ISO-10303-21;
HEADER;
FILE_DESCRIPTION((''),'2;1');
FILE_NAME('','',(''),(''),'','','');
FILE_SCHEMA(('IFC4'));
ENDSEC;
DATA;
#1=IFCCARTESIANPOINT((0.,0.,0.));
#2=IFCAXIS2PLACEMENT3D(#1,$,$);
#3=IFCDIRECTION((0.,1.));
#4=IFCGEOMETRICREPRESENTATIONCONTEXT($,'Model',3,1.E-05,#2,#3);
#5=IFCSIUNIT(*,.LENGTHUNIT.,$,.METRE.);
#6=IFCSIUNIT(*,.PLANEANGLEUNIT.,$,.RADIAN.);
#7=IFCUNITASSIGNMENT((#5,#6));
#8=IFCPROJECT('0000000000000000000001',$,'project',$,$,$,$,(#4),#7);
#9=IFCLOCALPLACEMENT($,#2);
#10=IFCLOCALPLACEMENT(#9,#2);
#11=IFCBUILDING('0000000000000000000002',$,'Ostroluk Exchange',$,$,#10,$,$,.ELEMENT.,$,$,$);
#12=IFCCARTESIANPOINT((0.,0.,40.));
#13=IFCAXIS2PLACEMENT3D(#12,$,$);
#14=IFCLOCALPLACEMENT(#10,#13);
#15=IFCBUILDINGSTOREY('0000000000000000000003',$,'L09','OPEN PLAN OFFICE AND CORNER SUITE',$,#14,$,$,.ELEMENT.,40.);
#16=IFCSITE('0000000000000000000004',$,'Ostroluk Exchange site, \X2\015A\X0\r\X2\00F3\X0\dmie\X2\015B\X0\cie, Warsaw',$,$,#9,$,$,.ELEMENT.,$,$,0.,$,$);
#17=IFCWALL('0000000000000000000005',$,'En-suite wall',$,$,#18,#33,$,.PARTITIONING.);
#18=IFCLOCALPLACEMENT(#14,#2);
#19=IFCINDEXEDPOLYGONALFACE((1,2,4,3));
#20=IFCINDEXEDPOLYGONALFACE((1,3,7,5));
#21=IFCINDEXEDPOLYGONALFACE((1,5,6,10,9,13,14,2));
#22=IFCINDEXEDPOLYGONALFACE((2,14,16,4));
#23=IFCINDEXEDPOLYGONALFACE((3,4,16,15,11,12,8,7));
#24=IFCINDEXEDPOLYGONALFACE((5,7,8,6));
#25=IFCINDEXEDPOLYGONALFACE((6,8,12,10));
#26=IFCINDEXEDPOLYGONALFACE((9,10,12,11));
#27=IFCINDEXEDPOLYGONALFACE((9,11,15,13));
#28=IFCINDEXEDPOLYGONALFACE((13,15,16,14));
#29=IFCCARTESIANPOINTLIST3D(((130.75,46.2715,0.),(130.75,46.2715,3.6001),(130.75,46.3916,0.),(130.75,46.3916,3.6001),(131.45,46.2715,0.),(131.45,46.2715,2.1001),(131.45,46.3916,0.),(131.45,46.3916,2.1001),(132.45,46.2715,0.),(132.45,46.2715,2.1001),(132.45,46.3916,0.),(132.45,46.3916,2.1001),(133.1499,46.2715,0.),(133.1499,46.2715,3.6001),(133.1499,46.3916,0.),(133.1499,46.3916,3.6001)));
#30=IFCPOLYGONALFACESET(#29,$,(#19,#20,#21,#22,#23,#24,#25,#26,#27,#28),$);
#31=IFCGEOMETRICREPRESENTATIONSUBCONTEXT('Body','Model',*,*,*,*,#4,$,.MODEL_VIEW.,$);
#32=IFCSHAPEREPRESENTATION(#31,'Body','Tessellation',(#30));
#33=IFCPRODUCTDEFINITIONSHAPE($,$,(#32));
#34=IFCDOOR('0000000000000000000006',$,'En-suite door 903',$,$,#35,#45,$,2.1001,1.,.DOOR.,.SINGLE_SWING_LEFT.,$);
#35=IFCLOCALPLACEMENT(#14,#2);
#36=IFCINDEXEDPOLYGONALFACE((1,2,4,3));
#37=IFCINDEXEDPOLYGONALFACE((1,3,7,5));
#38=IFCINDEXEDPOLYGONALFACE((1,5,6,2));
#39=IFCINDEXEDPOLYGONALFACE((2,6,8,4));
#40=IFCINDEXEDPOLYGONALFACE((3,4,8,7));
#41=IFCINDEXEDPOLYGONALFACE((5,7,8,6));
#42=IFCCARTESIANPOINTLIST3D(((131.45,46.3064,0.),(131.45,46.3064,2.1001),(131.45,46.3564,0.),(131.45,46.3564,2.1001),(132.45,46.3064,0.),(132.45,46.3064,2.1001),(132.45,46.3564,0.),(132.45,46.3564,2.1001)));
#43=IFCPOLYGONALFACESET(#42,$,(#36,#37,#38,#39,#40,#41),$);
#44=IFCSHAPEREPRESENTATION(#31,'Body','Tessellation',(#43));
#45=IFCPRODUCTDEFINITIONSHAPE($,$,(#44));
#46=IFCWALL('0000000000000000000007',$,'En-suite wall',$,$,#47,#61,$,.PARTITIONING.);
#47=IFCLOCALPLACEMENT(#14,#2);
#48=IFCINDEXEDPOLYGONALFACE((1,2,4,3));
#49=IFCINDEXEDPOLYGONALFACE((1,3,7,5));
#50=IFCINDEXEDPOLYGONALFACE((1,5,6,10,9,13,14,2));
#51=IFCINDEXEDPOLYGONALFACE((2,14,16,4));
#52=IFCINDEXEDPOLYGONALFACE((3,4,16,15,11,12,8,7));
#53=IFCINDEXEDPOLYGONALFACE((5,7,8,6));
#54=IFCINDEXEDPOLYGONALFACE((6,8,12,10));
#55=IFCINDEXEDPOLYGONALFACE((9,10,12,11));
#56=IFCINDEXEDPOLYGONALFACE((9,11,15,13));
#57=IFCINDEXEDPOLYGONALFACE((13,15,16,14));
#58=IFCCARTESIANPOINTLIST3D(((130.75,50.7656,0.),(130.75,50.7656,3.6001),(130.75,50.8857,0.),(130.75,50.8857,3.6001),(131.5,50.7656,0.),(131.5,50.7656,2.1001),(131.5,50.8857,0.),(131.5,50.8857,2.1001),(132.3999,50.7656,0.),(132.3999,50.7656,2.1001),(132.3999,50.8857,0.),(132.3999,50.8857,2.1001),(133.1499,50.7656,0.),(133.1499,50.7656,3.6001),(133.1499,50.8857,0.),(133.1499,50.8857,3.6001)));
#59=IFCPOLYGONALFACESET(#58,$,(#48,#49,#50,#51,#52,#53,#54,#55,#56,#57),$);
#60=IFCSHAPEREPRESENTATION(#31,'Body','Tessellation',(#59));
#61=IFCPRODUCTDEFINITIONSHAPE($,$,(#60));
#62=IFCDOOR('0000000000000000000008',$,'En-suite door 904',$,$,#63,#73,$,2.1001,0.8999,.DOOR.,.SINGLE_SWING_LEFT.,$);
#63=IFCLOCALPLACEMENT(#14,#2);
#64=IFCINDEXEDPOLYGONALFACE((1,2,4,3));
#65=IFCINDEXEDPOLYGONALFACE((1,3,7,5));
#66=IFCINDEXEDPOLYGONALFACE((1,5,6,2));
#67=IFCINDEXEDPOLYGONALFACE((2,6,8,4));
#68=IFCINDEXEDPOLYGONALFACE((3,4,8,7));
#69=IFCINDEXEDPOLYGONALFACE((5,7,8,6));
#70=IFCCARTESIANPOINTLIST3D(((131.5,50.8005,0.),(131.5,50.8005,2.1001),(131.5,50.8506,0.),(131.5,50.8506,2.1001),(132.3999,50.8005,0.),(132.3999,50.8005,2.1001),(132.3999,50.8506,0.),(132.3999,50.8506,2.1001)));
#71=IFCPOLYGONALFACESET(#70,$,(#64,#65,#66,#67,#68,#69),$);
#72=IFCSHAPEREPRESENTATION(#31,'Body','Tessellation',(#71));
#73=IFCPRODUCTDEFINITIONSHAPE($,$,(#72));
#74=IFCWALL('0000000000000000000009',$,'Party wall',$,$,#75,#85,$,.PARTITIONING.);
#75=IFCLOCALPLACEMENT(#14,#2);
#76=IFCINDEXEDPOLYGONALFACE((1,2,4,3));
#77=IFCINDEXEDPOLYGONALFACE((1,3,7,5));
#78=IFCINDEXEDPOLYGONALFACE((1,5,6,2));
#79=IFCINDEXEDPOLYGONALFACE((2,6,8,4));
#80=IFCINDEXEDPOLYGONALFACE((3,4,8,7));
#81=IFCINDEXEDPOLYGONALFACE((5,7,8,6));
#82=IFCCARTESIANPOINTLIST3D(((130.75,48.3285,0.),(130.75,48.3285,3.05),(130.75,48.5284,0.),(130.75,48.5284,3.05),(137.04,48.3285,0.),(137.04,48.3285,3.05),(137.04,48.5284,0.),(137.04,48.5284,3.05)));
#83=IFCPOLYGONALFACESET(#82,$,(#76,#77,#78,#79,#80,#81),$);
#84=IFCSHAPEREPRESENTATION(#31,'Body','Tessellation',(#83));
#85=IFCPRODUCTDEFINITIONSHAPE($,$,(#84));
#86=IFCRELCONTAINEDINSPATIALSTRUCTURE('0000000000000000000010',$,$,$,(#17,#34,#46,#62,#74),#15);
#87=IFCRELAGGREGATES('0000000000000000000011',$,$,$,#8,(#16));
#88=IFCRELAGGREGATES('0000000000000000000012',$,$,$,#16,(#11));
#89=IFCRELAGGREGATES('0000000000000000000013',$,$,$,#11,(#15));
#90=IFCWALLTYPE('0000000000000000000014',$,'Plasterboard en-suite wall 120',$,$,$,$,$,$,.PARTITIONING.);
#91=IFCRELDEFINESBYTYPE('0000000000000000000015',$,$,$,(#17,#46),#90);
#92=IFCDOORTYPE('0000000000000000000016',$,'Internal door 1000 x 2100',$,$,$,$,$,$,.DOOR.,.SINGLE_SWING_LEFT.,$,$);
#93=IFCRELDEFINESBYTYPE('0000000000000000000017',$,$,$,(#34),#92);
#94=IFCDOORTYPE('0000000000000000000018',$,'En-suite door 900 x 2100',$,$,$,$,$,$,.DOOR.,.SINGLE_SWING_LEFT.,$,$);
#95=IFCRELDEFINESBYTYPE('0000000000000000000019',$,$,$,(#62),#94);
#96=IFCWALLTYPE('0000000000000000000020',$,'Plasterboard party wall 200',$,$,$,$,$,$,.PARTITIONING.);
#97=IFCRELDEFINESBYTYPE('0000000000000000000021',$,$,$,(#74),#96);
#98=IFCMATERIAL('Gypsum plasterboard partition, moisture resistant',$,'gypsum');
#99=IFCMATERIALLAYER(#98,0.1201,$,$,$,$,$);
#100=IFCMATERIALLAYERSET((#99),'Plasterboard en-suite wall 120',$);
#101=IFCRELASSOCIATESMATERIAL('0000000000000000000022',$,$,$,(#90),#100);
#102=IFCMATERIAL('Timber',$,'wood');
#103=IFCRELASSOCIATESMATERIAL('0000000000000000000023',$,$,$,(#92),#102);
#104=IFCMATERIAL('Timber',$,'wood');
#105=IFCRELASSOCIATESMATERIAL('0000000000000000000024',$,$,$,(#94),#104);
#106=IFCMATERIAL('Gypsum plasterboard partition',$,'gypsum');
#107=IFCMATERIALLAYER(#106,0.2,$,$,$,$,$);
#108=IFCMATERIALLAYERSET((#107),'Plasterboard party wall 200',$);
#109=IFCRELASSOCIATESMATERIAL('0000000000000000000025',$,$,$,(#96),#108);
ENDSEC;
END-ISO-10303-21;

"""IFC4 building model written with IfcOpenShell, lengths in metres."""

from ifc_helpers import new_model, si_unit, direction, frame, frame_2d, origin, place, context, subcontext, project, spatial, rectangle, extrude, material, layer, layer_set, type_object, element, fill, save


model = new_model("IFC4")

# Units and contexts
model_context = context("Model", 3, precision=1e-05, world=origin(), true_north=direction((0.0, 1.0)))
body_context = subcontext(model_context, "Body", "Model", "MODEL_VIEW")
ifc_project = project(units=[si_unit("LENGTHUNIT", "METRE"), si_unit("PLANEANGLEUNIT", "RADIAN")], contexts=[model_context])

# Site, building, storey
site_placement = place(None, origin())
site = spatial("IfcSite", under=ifc_project, at=site_placement, Name="Ostroluk Exchange site, Śródmieście, Warsaw", CompositionType="ELEMENT", RefElevation=0.0)
building_placement = place(site_placement, origin())
building = spatial("IfcBuilding", under=site, at=building_placement, Name="Ostroluk Exchange", CompositionType="ELEMENT")
storey_placement = place(building_placement, frame((0.0, 0.0, 40.0)))
storey = spatial("IfcBuildingStorey", under=building, at=storey_placement, Name="L09", Description="OPEN PLAN OFFICE AND CORNER SUITE", CompositionType="ELEMENT", Elevation=40.0)

# Walls, openings, doors
ifc_material_1 = material(Name="Gypsum plasterboard partition, moisture resistant", Category="gypsum")
ifc_layer_1 = layer(ifc_material_1, 0.1201)
ifc_layer_set_1 = layer_set([ifc_layer_1], Name="Plasterboard en-suite wall 120")
wall_type_1 = type_object("IfcWallType", Name="Plasterboard en-suite wall 120", PredefinedType="PARTITIONING", material=ifc_layer_set_1)
wall_1_placement = place(storey_placement, frame((130.75, 46.3315, 0.0), z_axis=(0.0, 0.0, 1.0), x_axis=(1.0, 0.0, 0.0)))
wall_1 = element("IfcWall", 1, at=wall_1_placement, inside=storey, type_object=wall_type_1, Name="En-suite wall", PredefinedType="PARTITIONING", context=body_context, shape_type="SweptSolid", body=[
    extrude(rectangle(XDim=2.3999, YDim=0.1201, at=frame_2d((1.2, 0.0))), origin(), (0.0, 0.0, 1.0), 3.6001),
])
opening_1_placement = place(wall_1_placement, frame((0.7, 0.0, 0.0)))
opening_1 = element("IfcOpeningElement", 2, at=opening_1_placement, cuts=wall_1, PredefinedType="OPENING", context=body_context, shape_type="SweptSolid", body=[
    extrude(rectangle(XDim=1.0, YDim=2.1001, at=frame_2d((0.5, 1.05))), frame((0.0, 0.0701, 0.0), z_axis=(0.0, -1.0, 0.0), x_axis=(1.0, 0.0, 0.0)), (0.0, 0.0, 1.0), 0.1401),
])
ifc_material_2 = material(Name="Timber", Category="wood")
door_type_1 = type_object("IfcDoorType", Name="Internal door 1000 x 2100", OperationType="SINGLE_SWING_LEFT", PredefinedType="DOOR", material=ifc_material_2)
door_1_placement = place(opening_1_placement, origin())
door_1 = element("IfcDoor", 3, at=door_1_placement, inside=storey, type_object=door_type_1, Name="En-suite door 903", OperationType="SINGLE_SWING_LEFT", OverallHeight=2.1001, OverallWidth=1.0, PredefinedType="DOOR", context=body_context, shape_type="SweptSolid", body=[
    extrude(rectangle(XDim=1.0, YDim=2.1001, at=frame_2d((0.5, 1.05))), frame((0.0, 0.0249, 0.0), z_axis=(0.0, -1.0, 0.0), x_axis=(1.0, 0.0, 0.0)), (0.0, 0.0, 1.0), 0.05),
])
fill(opening_1, door_1)
wall_2_placement = place(storey_placement, frame((130.75, 50.8257, 0.0), z_axis=(0.0, 0.0, 1.0), x_axis=(1.0, 0.0, 0.0)))
wall_2 = element("IfcWall", 4, at=wall_2_placement, inside=storey, type_object=wall_type_1, Name="En-suite wall", PredefinedType="PARTITIONING", context=body_context, shape_type="SweptSolid", body=[
    extrude(rectangle(XDim=2.3999, YDim=0.1201, at=frame_2d((1.2, 0.0))), origin(), (0.0, 0.0, 1.0), 3.6001),
])
opening_2_placement = place(wall_2_placement, frame((0.75, 0.0, 0.0)))
opening_2 = element("IfcOpeningElement", 5, at=opening_2_placement, cuts=wall_2, PredefinedType="OPENING", context=body_context, shape_type="SweptSolid", body=[
    extrude(rectangle(XDim=0.8999, YDim=2.1001, at=frame_2d((0.45, 1.05))), frame((0.0, 0.0701, 0.0), z_axis=(0.0, -1.0, 0.0), x_axis=(1.0, 0.0, 0.0)), (0.0, 0.0, 1.0), 0.1401),
])
ifc_material_3 = material(Name="Timber", Category="wood")
door_type_2 = type_object("IfcDoorType", Name="En-suite door 900 x 2100", OperationType="SINGLE_SWING_LEFT", PredefinedType="DOOR", material=ifc_material_3)
door_2_placement = place(opening_2_placement, origin())
door_2 = element("IfcDoor", 6, at=door_2_placement, inside=storey, type_object=door_type_2, Name="En-suite door 904", OperationType="SINGLE_SWING_LEFT", OverallHeight=2.1001, OverallWidth=0.8999, PredefinedType="DOOR", context=body_context, shape_type="SweptSolid", body=[
    extrude(rectangle(XDim=0.8999, YDim=2.1001, at=frame_2d((0.45, 1.05))), frame((0.0, 0.0249, 0.0), z_axis=(0.0, -1.0, 0.0), x_axis=(1.0, 0.0, 0.0)), (0.0, 0.0, 1.0), 0.05),
])
fill(opening_2, door_2)

# Wall
ifc_material_4 = material(Name="Gypsum plasterboard partition", Category="gypsum")
ifc_layer_2 = layer(ifc_material_4, 0.2)
ifc_layer_set_2 = layer_set([ifc_layer_2], Name="Plasterboard party wall 200")
wall_type_2 = type_object("IfcWallType", Name="Plasterboard party wall 200", PredefinedType="PARTITIONING", material=ifc_layer_set_2)
wall_3_placement = place(storey_placement, frame((130.75, 48.4285, 0.0), z_axis=(0.0, 0.0, 1.0), x_axis=(1.0, 0.0, 0.0)))
element("IfcWall", 7, at=wall_3_placement, inside=storey, type_object=wall_type_2, Name="Party wall", PredefinedType="PARTITIONING", context=body_context, shape_type="SweptSolid", body=[
    extrude(rectangle(XDim=6.29, YDim=0.2, at=frame_2d((3.145, 0.0))), origin(), (0.0, 0.0, 1.0), 3.05),
])

save(model, "model.ifc")
